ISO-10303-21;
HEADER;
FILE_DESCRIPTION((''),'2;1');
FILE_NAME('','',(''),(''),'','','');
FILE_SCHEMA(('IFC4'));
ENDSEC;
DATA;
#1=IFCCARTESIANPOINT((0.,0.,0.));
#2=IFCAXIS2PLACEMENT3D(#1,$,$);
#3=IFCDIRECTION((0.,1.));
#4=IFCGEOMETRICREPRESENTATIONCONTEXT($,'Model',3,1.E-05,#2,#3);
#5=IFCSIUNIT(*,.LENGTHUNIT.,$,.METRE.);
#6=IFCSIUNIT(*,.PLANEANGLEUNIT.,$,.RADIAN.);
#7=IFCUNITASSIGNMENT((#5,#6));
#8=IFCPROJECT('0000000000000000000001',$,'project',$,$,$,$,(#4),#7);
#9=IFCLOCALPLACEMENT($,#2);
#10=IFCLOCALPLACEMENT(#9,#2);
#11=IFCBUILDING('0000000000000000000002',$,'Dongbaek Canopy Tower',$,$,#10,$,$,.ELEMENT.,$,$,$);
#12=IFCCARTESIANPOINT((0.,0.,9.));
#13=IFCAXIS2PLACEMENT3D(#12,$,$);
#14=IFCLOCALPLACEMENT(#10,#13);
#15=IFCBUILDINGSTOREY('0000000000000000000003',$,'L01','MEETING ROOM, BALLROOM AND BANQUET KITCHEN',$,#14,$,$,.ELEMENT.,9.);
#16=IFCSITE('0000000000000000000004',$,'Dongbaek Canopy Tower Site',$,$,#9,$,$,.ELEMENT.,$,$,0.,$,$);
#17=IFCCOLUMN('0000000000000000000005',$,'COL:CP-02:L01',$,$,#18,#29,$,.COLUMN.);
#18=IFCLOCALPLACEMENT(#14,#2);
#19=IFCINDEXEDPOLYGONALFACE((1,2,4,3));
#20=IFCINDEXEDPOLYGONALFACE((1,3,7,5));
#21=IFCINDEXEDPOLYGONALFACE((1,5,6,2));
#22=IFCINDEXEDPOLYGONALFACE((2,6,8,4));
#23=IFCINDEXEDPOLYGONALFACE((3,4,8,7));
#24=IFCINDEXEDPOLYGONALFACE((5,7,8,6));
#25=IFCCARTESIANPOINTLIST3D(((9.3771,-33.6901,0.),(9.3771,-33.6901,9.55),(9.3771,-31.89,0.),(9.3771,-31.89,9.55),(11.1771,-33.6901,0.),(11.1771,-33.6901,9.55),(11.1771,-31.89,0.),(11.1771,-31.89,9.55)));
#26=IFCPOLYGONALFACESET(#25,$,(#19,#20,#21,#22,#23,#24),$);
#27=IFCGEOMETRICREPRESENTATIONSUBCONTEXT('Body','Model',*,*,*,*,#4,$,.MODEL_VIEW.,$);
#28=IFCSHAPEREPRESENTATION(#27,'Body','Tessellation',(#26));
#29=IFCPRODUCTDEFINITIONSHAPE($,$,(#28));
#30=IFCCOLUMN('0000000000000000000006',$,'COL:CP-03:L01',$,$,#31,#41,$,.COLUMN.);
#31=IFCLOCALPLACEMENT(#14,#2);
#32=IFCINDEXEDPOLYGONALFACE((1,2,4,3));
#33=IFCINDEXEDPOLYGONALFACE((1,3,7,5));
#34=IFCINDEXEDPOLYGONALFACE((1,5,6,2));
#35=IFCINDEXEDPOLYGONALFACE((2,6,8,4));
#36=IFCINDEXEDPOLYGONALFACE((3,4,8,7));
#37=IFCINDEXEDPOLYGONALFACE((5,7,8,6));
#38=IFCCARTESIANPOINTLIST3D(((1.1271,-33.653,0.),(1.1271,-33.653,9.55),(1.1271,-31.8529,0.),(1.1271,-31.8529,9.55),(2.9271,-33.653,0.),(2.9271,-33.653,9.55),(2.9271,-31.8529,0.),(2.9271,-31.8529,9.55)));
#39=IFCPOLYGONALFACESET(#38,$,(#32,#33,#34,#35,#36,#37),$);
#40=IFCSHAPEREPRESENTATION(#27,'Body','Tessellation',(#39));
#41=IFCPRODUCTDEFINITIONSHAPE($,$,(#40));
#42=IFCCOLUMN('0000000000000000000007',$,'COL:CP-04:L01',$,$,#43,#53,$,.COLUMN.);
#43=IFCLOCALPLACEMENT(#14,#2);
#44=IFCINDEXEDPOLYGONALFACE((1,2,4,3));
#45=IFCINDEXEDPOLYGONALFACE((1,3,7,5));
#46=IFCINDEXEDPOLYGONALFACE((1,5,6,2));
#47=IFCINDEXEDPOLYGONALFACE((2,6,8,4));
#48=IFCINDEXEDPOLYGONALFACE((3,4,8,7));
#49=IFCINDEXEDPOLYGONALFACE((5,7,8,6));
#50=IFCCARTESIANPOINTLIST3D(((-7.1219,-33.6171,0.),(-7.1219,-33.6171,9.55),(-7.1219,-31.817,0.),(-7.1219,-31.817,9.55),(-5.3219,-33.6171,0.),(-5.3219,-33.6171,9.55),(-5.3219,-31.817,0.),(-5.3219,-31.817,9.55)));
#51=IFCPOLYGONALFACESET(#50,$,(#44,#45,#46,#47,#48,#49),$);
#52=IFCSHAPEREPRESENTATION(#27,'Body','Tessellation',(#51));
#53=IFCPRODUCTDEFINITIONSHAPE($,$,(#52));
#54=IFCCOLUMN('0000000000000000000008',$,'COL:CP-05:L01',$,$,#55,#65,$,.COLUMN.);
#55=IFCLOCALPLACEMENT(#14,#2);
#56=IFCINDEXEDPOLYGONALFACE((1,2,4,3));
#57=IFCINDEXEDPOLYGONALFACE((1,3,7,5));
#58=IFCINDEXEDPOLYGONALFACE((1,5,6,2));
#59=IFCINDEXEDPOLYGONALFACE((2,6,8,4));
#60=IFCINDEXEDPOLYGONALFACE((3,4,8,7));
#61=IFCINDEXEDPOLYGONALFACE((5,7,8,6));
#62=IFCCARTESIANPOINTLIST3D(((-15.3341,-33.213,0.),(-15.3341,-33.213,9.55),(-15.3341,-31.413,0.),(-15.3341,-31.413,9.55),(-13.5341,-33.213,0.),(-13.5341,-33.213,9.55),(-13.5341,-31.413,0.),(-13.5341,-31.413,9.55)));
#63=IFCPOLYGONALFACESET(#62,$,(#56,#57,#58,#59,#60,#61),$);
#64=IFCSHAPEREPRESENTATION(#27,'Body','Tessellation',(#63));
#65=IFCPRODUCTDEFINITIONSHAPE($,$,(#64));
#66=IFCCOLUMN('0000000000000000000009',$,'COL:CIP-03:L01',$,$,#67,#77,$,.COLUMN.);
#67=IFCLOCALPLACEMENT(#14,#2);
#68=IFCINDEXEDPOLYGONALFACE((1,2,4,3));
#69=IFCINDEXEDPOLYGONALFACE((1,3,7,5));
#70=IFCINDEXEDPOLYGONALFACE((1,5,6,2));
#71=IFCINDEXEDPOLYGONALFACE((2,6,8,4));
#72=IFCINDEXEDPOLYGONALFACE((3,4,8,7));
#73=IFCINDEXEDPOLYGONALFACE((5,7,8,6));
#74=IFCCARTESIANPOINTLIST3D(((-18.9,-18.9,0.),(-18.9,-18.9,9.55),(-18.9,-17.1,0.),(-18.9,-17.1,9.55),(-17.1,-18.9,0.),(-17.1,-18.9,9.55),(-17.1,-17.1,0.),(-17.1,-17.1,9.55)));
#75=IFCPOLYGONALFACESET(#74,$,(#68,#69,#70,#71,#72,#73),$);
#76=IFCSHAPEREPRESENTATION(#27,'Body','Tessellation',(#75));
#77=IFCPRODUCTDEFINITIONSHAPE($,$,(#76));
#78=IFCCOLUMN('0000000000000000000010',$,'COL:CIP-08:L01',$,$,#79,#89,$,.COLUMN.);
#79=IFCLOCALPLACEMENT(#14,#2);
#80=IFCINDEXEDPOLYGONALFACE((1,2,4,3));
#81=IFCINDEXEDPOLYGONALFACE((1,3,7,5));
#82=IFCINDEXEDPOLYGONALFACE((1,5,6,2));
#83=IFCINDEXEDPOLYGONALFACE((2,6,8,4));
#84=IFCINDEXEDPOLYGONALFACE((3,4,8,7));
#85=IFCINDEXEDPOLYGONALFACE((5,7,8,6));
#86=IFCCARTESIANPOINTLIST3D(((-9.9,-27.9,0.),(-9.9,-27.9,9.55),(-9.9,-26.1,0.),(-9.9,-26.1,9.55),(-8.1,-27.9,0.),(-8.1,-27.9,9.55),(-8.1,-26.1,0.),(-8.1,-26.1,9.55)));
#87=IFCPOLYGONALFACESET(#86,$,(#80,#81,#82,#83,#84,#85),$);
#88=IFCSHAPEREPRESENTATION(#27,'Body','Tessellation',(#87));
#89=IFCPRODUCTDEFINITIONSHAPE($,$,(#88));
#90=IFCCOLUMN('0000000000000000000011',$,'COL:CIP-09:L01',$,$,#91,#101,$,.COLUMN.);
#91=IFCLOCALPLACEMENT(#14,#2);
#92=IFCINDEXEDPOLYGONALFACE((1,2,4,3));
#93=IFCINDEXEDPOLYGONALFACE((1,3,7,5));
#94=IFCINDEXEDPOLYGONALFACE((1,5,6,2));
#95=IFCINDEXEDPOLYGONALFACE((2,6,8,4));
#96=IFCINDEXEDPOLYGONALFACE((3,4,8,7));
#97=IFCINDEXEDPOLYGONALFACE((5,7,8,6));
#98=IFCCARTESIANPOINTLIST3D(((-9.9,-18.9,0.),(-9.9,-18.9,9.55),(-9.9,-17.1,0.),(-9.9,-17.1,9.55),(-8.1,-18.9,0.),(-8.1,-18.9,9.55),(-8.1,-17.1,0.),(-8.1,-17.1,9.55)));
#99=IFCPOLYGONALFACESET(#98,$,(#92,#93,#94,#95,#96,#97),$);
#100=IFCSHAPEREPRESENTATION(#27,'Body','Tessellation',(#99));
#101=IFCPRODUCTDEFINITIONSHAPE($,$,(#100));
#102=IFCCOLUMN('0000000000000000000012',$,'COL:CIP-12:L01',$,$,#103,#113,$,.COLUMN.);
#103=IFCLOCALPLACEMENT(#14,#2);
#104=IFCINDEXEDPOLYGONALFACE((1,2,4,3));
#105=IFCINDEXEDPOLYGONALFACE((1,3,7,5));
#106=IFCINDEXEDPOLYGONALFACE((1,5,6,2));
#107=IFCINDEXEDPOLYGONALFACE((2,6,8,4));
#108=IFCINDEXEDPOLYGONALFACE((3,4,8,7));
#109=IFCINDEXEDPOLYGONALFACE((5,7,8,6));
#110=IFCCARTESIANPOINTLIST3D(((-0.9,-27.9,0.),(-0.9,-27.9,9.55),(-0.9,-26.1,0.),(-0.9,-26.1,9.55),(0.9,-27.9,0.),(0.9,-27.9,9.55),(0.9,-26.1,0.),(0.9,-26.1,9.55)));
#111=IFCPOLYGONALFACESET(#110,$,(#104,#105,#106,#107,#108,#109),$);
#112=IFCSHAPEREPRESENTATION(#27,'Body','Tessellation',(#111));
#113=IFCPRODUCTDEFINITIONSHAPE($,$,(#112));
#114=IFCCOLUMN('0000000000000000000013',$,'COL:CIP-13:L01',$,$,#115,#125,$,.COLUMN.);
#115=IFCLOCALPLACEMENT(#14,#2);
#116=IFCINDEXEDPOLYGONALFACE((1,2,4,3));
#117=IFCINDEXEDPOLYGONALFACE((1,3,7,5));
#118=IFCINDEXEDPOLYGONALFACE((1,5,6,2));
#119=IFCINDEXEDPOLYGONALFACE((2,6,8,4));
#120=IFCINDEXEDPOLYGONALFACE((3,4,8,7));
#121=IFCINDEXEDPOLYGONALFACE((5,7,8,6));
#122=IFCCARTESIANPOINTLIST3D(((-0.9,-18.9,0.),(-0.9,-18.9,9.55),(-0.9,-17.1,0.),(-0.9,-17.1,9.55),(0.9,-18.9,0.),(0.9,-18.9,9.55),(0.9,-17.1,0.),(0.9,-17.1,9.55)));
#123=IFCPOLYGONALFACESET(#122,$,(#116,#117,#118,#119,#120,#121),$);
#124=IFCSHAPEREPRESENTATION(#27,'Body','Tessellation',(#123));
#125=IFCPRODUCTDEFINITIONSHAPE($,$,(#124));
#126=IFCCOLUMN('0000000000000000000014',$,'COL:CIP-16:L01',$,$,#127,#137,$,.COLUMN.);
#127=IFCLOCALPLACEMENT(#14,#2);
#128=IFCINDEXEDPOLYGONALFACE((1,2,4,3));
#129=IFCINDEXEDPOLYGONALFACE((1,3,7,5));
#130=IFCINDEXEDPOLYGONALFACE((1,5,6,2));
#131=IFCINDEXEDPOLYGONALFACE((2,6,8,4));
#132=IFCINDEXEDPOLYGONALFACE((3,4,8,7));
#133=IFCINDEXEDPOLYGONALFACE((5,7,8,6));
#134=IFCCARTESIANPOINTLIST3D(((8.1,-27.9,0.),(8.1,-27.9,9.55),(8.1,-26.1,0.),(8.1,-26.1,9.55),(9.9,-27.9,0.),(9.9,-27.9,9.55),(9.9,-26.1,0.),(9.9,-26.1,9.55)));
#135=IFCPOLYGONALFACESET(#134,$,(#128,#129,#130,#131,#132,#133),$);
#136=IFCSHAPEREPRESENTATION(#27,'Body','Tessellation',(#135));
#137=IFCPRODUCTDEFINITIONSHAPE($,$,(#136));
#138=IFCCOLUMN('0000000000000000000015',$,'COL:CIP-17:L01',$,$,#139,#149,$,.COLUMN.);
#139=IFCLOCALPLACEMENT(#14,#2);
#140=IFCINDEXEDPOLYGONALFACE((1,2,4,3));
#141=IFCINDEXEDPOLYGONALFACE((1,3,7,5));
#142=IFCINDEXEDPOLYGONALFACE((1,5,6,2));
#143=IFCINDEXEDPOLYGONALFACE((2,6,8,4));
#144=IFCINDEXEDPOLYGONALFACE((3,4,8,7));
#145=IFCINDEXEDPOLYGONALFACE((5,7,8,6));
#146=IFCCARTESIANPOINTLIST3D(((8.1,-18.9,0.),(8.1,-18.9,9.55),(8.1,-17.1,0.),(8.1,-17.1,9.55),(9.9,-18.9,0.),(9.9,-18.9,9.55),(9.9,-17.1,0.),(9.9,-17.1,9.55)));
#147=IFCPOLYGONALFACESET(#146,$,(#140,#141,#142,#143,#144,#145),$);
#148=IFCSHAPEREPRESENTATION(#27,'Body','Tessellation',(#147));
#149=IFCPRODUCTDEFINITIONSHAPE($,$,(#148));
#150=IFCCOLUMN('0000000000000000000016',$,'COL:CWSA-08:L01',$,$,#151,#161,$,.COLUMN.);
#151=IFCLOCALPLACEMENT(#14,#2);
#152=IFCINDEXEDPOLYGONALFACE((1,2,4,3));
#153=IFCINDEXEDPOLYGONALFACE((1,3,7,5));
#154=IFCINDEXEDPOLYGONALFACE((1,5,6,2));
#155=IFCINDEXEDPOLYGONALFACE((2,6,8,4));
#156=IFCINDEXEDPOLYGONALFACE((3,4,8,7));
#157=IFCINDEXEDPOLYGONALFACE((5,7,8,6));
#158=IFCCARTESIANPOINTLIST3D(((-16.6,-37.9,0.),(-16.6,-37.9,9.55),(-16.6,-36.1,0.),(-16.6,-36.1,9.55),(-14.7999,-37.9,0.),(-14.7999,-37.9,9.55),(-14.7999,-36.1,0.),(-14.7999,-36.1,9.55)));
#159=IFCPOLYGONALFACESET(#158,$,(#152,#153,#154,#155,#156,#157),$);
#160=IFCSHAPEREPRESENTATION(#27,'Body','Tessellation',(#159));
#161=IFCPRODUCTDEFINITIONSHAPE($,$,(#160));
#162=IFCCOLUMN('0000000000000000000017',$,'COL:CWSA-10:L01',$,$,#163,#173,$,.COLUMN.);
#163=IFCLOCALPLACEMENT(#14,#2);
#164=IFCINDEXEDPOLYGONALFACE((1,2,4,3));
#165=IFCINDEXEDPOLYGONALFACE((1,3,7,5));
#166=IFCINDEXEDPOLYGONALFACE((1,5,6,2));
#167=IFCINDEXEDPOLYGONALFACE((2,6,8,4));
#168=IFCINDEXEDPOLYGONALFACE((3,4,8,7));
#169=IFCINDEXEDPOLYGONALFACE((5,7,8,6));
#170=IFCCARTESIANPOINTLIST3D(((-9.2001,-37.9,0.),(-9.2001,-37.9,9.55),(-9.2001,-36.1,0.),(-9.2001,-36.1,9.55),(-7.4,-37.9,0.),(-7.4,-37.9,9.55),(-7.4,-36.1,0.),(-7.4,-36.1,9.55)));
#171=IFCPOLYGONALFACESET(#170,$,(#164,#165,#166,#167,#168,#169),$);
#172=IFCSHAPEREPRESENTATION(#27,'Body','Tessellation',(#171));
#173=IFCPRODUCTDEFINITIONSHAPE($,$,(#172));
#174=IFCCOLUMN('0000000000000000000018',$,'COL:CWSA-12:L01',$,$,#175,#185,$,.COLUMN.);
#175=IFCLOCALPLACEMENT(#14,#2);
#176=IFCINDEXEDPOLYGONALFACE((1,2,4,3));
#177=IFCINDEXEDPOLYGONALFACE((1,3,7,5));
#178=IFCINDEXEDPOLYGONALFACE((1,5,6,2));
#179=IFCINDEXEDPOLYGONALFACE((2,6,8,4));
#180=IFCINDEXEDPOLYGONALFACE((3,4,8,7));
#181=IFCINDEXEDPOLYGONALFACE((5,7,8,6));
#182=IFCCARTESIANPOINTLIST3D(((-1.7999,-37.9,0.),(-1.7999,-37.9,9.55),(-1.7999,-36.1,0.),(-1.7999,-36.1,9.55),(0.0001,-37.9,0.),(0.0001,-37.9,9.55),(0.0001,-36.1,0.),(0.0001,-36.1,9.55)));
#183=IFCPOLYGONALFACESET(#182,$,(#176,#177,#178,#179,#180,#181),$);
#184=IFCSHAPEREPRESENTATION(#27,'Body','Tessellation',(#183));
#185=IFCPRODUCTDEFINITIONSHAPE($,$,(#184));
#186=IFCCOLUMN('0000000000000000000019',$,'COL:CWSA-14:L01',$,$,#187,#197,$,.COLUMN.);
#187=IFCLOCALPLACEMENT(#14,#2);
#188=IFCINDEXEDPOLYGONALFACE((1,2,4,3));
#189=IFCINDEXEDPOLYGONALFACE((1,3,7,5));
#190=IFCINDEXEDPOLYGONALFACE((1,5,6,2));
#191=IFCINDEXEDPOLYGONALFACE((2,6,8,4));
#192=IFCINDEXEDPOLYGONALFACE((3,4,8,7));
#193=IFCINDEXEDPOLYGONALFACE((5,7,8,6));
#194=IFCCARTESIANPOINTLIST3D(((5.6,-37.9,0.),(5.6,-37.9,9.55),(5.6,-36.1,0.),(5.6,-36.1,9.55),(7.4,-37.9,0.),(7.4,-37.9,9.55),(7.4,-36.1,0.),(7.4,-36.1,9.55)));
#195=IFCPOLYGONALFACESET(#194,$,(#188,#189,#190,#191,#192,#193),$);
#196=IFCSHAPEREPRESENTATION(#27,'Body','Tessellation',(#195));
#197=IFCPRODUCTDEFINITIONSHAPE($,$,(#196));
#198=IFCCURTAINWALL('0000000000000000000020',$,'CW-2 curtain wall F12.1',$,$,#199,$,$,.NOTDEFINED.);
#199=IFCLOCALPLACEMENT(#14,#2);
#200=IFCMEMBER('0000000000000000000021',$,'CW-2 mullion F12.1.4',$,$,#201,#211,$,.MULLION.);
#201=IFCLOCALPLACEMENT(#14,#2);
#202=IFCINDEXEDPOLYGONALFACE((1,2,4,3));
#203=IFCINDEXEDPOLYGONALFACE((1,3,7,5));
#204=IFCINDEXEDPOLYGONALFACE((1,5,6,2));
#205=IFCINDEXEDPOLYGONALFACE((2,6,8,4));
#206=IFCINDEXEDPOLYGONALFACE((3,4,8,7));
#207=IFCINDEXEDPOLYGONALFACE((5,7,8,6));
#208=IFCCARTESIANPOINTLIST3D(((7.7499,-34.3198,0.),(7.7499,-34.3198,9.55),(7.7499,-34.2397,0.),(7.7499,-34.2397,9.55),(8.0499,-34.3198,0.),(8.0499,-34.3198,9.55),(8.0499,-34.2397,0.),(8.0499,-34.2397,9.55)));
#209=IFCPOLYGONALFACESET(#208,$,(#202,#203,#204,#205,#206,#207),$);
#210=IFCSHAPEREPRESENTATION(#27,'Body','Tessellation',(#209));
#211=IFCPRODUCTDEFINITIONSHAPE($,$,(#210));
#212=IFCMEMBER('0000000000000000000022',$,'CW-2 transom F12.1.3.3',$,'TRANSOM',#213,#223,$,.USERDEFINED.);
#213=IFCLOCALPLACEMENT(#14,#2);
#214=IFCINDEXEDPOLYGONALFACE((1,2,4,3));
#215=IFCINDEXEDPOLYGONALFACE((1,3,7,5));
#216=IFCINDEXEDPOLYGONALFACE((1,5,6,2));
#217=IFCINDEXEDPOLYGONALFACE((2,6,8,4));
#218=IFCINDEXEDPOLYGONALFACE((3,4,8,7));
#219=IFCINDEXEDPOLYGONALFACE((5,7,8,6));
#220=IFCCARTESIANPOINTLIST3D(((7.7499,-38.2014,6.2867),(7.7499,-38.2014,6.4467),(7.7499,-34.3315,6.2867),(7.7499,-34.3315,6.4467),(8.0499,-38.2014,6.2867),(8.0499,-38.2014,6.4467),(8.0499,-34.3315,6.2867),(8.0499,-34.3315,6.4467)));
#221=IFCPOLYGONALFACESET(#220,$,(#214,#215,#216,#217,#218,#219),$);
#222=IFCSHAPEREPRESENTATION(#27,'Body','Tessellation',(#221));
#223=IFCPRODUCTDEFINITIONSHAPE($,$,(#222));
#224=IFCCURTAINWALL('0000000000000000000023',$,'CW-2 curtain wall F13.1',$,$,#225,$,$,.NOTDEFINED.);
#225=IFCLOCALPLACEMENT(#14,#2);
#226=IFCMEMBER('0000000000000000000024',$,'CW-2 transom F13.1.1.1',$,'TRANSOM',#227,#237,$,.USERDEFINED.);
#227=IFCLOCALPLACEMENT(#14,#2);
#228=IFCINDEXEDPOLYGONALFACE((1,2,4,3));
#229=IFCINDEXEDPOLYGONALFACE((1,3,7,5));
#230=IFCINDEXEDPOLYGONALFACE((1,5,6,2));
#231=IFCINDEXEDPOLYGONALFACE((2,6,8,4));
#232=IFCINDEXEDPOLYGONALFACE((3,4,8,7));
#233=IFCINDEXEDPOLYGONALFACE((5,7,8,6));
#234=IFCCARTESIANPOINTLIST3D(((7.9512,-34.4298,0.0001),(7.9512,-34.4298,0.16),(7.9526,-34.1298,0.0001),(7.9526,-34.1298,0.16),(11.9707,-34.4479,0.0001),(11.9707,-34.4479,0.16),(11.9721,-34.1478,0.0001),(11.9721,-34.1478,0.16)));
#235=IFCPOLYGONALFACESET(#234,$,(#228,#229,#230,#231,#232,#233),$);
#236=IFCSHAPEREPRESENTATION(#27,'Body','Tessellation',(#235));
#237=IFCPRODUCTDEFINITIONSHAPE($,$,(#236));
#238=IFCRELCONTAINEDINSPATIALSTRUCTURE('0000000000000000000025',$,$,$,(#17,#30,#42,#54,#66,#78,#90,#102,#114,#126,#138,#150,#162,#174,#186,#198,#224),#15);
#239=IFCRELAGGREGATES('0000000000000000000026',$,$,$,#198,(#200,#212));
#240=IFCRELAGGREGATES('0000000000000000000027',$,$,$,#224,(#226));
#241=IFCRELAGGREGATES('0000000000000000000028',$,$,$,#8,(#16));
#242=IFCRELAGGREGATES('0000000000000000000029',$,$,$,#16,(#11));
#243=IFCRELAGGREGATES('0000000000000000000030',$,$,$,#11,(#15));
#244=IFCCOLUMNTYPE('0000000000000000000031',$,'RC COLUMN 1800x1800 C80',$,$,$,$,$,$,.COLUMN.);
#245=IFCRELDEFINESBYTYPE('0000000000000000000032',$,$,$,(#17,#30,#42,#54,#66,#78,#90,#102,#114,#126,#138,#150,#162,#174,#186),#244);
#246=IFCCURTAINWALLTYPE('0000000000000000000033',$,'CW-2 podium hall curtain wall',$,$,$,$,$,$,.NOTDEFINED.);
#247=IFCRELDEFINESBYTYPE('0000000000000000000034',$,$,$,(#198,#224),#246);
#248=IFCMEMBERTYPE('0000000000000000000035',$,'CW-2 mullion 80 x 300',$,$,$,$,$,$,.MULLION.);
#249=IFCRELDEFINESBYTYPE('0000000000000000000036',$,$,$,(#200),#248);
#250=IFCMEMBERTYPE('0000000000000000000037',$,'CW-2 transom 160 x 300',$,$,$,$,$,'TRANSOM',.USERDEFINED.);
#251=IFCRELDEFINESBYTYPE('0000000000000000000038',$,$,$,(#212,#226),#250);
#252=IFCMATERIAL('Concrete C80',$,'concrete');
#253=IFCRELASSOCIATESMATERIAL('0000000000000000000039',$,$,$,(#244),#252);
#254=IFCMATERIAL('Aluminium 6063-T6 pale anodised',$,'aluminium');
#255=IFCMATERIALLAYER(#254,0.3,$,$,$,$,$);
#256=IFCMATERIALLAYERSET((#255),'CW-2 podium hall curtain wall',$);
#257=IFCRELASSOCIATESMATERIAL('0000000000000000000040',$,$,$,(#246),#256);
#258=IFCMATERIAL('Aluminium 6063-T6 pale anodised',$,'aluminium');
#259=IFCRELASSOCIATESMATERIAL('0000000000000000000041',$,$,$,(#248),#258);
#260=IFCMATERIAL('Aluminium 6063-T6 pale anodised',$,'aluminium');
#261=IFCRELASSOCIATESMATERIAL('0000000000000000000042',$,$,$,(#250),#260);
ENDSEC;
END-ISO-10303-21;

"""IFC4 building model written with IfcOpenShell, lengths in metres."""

from ifc_helpers import new_model, si_unit, direction, frame, origin, origin_2d, place, context, subcontext, project, spatial, rectangle, extrude, material, layer, layer_set, material_profile, profile_set, type_object, element, aggregate, save


model = new_model("IFC4")

# Units and contexts
model_context = context("Model", 3, precision=1e-05, world=origin(), true_north=direction((0.0, 1.0)))
body_context = subcontext(model_context, "Body", "Model", "MODEL_VIEW")
ifc_project = project(units=[si_unit("LENGTHUNIT", "METRE"), si_unit("PLANEANGLEUNIT", "RADIAN")], contexts=[model_context])

# Site, building, storey
site_placement = place(None, origin())
site = spatial("IfcSite", under=ifc_project, at=site_placement, Name="Dongbaek Canopy Tower Site", CompositionType="ELEMENT", RefElevation=0.0)
building_placement = place(site_placement, origin())
building = spatial("IfcBuilding", under=site, at=building_placement, Name="Dongbaek Canopy Tower", CompositionType="ELEMENT")
storey_placement = place(building_placement, frame((0.0, 0.0, 9.0)))
storey = spatial("IfcBuildingStorey", under=building, at=storey_placement, Name="L01", Description="MEETING ROOM, BALLROOM AND BANQUET KITCHEN", CompositionType="ELEMENT", Elevation=9.0)

# Columns
ifc_material_1 = material(Name="Concrete C80", Category="concrete")
ifc_material_profile_1 = material_profile(ifc_material_1, rectangle(XDim=1.8, YDim=1.8, at=origin_2d()), Name="RC COLUMN 1800x1800 C80")
ifc_profile_set_1 = profile_set([ifc_material_profile_1], Name="Concrete C80")
column_type = type_object("IfcColumnType", Name="RC COLUMN 1800x1800 C80", PredefinedType="COLUMN", material=ifc_profile_set_1)
for number, where, z_axis, x_axis, name in (
    (1, (10.2771, -32.79, 0.0), (0.0, 0.0, 1.0), (1.0, 0.0, 0.0), "COL:CP-02:L01"),
    (2, (2.0271, -32.7529, 0.0), (0.0, 0.0, 1.0), (1.0, 0.0, 0.0), "COL:CP-03:L01"),
    (3, (-6.2219, -32.717, 0.0), (0.0, 0.0, 1.0), (1.0, 0.0, 0.0), "COL:CP-04:L01"),
    (4, (-14.4341, -32.313, 0.0), (0.0, 0.0, 1.0), (1.0, 0.0, 0.0), "COL:CP-05:L01"),
    (5, (-18.0, -18.0, 0.0), (0.0, 0.0, 1.0), (1.0, 0.0, 0.0), "COL:CIP-03:L01"),
    (6, (-9.0, -27.0, 0.0), (0.0, 0.0, 1.0), (1.0, 0.0, 0.0), "COL:CIP-08:L01"),
    (7, (-9.0, -18.0, 0.0), (0.0, 0.0, 1.0), (1.0, 0.0, 0.0), "COL:CIP-09:L01"),
    (8, (0.0, -27.0, 0.0), (0.0, 0.0, 1.0), (1.0, 0.0, 0.0), "COL:CIP-12:L01"),
    (9, (0.0, -18.0, 0.0), (0.0, 0.0, 1.0), (1.0, 0.0, 0.0), "COL:CIP-13:L01"),
    (10, (9.0, -27.0, 0.0), (0.0, 0.0, 1.0), (1.0, 0.0, 0.0), "COL:CIP-16:L01"),
    (11, (9.0, -18.0, 0.0), (0.0, 0.0, 1.0), (1.0, 0.0, 0.0), "COL:CIP-17:L01"),
    (12, (-15.7, -37.0, 0.0), (0.0, 0.0, 1.0), (1.0, 0.0, 0.0), "COL:CWSA-08:L01"),
    (13, (-8.3, -37.0, 0.0), (0.0, 0.0, 1.0), (1.0, 0.0, 0.0), "COL:CWSA-10:L01"),
    (14, (-0.8999, -37.0, 0.0), (0.0, 0.0, 1.0), (1.0, 0.0, 0.0), "COL:CWSA-12:L01"),
    (15, (6.5, -37.0, 0.0), (0.0, 0.0, 1.0), (1.0, 0.0, 0.0), "COL:CWSA-14:L01"),
):
    element("IfcColumn", number, at=place(storey_placement, frame(where, z_axis=z_axis, x_axis=x_axis)), inside=storey, type_object=column_type, Name=name, PredefinedType="COLUMN", context=body_context, shape_type="SweptSolid", body=[
        extrude(rectangle(XDim=1.8, YDim=1.8, at=origin_2d()), origin(), (0.0, 0.0, 1.0), 9.55),
    ])

# Curtain walls, members
ifc_material_2 = material(Name="Aluminium 6063-T6 pale anodised", Category="aluminium")
ifc_layer_1 = layer(ifc_material_2, 0.3)
ifc_layer_set_1 = layer_set([ifc_layer_1], Name="CW-2 podium hall curtain wall")
curtain_wall_type = type_object("IfcCurtainWallType", Name="CW-2 podium hall curtain wall", PredefinedType="NOTDEFINED", material=ifc_layer_set_1)
curtain_wall_1_placement = place(storey_placement, origin())
curtain_wall_1 = element("IfcCurtainWall", 16, at=curtain_wall_1_placement, inside=storey, type_object=curtain_wall_type, Name="CW-2 curtain wall F12.1", PredefinedType="NOTDEFINED")
ifc_material_3 = material(Name="Aluminium 6063-T6 pale anodised", Category="aluminium")
ifc_material_profile_2 = material_profile(ifc_material_3, rectangle(XDim=0.3, YDim=0.0801, at=origin_2d()), Name="CW-2 mullion 80 x 300")
ifc_profile_set_2 = profile_set([ifc_material_profile_2], Name="Aluminium 6063-T6 pale anodised")
member_type_1 = type_object("IfcMemberType", Name="CW-2 mullion 80 x 300", PredefinedType="MULLION", material=ifc_profile_set_2)
member_1_placement = place(storey_placement, frame((7.8999, -34.2798, 0.0), z_axis=(0.0, 0.0, 1.0), x_axis=(1.0, 0.0, 0.0)))
member_1 = element("IfcMember", 17, at=member_1_placement, type_object=member_type_1, Name="CW-2 mullion F12.1.4", PredefinedType="MULLION", context=body_context, shape_type="SweptSolid", body=[
    extrude(rectangle(XDim=0.3, YDim=0.0801, at=origin_2d()), origin(), (0.0, 0.0, 1.0), 9.55),
])
ifc_material_4 = material(Name="Aluminium 6063-T6 pale anodised", Category="aluminium")
ifc_material_profile_3 = material_profile(ifc_material_4, rectangle(XDim=0.3, YDim=0.1599, at=origin_2d()), Name="CW-2 transom 160 x 300")
ifc_profile_set_3 = profile_set([ifc_material_profile_3], Name="Aluminium 6063-T6 pale anodised")
member_type_2 = type_object("IfcMemberType", Name="CW-2 transom 160 x 300", ElementType="TRANSOM", PredefinedType="USERDEFINED", material=ifc_profile_set_3)
member_2_placement = place(storey_placement, frame((7.8999, -38.2014, 6.3667), z_axis=(0.0, 1.0, 0.0), x_axis=(-1.0, 0.0, 0.0)))
member_2 = element("IfcMember", 18, at=member_2_placement, type_object=member_type_2, Name="CW-2 transom F12.1.3.3", ObjectType="TRANSOM", PredefinedType="USERDEFINED", context=body_context, shape_type="SweptSolid", body=[
    extrude(rectangle(XDim=0.3, YDim=0.1599, at=origin_2d()), origin(), (0.0, 0.0, 1.0), 3.8699),
])
curtain_wall_2_placement = place(storey_placement, origin())
curtain_wall_2 = element("IfcCurtainWall", 19, at=curtain_wall_2_placement, inside=storey, type_object=curtain_wall_type, Name="CW-2 curtain wall F13.1", PredefinedType="NOTDEFINED")
member_3_placement = place(storey_placement, frame((7.9519, -34.2798, 0.0801), z_axis=(0.99999, -0.004495, 0.0), x_axis=(0.004495, 0.99999, 0.0)))
member_3 = element("IfcMember", 20, at=member_3_placement, type_object=member_type_2, Name="CW-2 transom F13.1.1.1", ObjectType="TRANSOM", PredefinedType="USERDEFINED", context=body_context, shape_type="SweptSolid", body=[
    extrude(rectangle(XDim=0.3, YDim=0.1599, at=origin_2d()), origin(), (0.0, 0.0, 1.0), 4.0195),
])

aggregate(curtain_wall_1, [member_1, member_2])
aggregate(curtain_wall_2, [member_3])

save(model, "model.ifc")
